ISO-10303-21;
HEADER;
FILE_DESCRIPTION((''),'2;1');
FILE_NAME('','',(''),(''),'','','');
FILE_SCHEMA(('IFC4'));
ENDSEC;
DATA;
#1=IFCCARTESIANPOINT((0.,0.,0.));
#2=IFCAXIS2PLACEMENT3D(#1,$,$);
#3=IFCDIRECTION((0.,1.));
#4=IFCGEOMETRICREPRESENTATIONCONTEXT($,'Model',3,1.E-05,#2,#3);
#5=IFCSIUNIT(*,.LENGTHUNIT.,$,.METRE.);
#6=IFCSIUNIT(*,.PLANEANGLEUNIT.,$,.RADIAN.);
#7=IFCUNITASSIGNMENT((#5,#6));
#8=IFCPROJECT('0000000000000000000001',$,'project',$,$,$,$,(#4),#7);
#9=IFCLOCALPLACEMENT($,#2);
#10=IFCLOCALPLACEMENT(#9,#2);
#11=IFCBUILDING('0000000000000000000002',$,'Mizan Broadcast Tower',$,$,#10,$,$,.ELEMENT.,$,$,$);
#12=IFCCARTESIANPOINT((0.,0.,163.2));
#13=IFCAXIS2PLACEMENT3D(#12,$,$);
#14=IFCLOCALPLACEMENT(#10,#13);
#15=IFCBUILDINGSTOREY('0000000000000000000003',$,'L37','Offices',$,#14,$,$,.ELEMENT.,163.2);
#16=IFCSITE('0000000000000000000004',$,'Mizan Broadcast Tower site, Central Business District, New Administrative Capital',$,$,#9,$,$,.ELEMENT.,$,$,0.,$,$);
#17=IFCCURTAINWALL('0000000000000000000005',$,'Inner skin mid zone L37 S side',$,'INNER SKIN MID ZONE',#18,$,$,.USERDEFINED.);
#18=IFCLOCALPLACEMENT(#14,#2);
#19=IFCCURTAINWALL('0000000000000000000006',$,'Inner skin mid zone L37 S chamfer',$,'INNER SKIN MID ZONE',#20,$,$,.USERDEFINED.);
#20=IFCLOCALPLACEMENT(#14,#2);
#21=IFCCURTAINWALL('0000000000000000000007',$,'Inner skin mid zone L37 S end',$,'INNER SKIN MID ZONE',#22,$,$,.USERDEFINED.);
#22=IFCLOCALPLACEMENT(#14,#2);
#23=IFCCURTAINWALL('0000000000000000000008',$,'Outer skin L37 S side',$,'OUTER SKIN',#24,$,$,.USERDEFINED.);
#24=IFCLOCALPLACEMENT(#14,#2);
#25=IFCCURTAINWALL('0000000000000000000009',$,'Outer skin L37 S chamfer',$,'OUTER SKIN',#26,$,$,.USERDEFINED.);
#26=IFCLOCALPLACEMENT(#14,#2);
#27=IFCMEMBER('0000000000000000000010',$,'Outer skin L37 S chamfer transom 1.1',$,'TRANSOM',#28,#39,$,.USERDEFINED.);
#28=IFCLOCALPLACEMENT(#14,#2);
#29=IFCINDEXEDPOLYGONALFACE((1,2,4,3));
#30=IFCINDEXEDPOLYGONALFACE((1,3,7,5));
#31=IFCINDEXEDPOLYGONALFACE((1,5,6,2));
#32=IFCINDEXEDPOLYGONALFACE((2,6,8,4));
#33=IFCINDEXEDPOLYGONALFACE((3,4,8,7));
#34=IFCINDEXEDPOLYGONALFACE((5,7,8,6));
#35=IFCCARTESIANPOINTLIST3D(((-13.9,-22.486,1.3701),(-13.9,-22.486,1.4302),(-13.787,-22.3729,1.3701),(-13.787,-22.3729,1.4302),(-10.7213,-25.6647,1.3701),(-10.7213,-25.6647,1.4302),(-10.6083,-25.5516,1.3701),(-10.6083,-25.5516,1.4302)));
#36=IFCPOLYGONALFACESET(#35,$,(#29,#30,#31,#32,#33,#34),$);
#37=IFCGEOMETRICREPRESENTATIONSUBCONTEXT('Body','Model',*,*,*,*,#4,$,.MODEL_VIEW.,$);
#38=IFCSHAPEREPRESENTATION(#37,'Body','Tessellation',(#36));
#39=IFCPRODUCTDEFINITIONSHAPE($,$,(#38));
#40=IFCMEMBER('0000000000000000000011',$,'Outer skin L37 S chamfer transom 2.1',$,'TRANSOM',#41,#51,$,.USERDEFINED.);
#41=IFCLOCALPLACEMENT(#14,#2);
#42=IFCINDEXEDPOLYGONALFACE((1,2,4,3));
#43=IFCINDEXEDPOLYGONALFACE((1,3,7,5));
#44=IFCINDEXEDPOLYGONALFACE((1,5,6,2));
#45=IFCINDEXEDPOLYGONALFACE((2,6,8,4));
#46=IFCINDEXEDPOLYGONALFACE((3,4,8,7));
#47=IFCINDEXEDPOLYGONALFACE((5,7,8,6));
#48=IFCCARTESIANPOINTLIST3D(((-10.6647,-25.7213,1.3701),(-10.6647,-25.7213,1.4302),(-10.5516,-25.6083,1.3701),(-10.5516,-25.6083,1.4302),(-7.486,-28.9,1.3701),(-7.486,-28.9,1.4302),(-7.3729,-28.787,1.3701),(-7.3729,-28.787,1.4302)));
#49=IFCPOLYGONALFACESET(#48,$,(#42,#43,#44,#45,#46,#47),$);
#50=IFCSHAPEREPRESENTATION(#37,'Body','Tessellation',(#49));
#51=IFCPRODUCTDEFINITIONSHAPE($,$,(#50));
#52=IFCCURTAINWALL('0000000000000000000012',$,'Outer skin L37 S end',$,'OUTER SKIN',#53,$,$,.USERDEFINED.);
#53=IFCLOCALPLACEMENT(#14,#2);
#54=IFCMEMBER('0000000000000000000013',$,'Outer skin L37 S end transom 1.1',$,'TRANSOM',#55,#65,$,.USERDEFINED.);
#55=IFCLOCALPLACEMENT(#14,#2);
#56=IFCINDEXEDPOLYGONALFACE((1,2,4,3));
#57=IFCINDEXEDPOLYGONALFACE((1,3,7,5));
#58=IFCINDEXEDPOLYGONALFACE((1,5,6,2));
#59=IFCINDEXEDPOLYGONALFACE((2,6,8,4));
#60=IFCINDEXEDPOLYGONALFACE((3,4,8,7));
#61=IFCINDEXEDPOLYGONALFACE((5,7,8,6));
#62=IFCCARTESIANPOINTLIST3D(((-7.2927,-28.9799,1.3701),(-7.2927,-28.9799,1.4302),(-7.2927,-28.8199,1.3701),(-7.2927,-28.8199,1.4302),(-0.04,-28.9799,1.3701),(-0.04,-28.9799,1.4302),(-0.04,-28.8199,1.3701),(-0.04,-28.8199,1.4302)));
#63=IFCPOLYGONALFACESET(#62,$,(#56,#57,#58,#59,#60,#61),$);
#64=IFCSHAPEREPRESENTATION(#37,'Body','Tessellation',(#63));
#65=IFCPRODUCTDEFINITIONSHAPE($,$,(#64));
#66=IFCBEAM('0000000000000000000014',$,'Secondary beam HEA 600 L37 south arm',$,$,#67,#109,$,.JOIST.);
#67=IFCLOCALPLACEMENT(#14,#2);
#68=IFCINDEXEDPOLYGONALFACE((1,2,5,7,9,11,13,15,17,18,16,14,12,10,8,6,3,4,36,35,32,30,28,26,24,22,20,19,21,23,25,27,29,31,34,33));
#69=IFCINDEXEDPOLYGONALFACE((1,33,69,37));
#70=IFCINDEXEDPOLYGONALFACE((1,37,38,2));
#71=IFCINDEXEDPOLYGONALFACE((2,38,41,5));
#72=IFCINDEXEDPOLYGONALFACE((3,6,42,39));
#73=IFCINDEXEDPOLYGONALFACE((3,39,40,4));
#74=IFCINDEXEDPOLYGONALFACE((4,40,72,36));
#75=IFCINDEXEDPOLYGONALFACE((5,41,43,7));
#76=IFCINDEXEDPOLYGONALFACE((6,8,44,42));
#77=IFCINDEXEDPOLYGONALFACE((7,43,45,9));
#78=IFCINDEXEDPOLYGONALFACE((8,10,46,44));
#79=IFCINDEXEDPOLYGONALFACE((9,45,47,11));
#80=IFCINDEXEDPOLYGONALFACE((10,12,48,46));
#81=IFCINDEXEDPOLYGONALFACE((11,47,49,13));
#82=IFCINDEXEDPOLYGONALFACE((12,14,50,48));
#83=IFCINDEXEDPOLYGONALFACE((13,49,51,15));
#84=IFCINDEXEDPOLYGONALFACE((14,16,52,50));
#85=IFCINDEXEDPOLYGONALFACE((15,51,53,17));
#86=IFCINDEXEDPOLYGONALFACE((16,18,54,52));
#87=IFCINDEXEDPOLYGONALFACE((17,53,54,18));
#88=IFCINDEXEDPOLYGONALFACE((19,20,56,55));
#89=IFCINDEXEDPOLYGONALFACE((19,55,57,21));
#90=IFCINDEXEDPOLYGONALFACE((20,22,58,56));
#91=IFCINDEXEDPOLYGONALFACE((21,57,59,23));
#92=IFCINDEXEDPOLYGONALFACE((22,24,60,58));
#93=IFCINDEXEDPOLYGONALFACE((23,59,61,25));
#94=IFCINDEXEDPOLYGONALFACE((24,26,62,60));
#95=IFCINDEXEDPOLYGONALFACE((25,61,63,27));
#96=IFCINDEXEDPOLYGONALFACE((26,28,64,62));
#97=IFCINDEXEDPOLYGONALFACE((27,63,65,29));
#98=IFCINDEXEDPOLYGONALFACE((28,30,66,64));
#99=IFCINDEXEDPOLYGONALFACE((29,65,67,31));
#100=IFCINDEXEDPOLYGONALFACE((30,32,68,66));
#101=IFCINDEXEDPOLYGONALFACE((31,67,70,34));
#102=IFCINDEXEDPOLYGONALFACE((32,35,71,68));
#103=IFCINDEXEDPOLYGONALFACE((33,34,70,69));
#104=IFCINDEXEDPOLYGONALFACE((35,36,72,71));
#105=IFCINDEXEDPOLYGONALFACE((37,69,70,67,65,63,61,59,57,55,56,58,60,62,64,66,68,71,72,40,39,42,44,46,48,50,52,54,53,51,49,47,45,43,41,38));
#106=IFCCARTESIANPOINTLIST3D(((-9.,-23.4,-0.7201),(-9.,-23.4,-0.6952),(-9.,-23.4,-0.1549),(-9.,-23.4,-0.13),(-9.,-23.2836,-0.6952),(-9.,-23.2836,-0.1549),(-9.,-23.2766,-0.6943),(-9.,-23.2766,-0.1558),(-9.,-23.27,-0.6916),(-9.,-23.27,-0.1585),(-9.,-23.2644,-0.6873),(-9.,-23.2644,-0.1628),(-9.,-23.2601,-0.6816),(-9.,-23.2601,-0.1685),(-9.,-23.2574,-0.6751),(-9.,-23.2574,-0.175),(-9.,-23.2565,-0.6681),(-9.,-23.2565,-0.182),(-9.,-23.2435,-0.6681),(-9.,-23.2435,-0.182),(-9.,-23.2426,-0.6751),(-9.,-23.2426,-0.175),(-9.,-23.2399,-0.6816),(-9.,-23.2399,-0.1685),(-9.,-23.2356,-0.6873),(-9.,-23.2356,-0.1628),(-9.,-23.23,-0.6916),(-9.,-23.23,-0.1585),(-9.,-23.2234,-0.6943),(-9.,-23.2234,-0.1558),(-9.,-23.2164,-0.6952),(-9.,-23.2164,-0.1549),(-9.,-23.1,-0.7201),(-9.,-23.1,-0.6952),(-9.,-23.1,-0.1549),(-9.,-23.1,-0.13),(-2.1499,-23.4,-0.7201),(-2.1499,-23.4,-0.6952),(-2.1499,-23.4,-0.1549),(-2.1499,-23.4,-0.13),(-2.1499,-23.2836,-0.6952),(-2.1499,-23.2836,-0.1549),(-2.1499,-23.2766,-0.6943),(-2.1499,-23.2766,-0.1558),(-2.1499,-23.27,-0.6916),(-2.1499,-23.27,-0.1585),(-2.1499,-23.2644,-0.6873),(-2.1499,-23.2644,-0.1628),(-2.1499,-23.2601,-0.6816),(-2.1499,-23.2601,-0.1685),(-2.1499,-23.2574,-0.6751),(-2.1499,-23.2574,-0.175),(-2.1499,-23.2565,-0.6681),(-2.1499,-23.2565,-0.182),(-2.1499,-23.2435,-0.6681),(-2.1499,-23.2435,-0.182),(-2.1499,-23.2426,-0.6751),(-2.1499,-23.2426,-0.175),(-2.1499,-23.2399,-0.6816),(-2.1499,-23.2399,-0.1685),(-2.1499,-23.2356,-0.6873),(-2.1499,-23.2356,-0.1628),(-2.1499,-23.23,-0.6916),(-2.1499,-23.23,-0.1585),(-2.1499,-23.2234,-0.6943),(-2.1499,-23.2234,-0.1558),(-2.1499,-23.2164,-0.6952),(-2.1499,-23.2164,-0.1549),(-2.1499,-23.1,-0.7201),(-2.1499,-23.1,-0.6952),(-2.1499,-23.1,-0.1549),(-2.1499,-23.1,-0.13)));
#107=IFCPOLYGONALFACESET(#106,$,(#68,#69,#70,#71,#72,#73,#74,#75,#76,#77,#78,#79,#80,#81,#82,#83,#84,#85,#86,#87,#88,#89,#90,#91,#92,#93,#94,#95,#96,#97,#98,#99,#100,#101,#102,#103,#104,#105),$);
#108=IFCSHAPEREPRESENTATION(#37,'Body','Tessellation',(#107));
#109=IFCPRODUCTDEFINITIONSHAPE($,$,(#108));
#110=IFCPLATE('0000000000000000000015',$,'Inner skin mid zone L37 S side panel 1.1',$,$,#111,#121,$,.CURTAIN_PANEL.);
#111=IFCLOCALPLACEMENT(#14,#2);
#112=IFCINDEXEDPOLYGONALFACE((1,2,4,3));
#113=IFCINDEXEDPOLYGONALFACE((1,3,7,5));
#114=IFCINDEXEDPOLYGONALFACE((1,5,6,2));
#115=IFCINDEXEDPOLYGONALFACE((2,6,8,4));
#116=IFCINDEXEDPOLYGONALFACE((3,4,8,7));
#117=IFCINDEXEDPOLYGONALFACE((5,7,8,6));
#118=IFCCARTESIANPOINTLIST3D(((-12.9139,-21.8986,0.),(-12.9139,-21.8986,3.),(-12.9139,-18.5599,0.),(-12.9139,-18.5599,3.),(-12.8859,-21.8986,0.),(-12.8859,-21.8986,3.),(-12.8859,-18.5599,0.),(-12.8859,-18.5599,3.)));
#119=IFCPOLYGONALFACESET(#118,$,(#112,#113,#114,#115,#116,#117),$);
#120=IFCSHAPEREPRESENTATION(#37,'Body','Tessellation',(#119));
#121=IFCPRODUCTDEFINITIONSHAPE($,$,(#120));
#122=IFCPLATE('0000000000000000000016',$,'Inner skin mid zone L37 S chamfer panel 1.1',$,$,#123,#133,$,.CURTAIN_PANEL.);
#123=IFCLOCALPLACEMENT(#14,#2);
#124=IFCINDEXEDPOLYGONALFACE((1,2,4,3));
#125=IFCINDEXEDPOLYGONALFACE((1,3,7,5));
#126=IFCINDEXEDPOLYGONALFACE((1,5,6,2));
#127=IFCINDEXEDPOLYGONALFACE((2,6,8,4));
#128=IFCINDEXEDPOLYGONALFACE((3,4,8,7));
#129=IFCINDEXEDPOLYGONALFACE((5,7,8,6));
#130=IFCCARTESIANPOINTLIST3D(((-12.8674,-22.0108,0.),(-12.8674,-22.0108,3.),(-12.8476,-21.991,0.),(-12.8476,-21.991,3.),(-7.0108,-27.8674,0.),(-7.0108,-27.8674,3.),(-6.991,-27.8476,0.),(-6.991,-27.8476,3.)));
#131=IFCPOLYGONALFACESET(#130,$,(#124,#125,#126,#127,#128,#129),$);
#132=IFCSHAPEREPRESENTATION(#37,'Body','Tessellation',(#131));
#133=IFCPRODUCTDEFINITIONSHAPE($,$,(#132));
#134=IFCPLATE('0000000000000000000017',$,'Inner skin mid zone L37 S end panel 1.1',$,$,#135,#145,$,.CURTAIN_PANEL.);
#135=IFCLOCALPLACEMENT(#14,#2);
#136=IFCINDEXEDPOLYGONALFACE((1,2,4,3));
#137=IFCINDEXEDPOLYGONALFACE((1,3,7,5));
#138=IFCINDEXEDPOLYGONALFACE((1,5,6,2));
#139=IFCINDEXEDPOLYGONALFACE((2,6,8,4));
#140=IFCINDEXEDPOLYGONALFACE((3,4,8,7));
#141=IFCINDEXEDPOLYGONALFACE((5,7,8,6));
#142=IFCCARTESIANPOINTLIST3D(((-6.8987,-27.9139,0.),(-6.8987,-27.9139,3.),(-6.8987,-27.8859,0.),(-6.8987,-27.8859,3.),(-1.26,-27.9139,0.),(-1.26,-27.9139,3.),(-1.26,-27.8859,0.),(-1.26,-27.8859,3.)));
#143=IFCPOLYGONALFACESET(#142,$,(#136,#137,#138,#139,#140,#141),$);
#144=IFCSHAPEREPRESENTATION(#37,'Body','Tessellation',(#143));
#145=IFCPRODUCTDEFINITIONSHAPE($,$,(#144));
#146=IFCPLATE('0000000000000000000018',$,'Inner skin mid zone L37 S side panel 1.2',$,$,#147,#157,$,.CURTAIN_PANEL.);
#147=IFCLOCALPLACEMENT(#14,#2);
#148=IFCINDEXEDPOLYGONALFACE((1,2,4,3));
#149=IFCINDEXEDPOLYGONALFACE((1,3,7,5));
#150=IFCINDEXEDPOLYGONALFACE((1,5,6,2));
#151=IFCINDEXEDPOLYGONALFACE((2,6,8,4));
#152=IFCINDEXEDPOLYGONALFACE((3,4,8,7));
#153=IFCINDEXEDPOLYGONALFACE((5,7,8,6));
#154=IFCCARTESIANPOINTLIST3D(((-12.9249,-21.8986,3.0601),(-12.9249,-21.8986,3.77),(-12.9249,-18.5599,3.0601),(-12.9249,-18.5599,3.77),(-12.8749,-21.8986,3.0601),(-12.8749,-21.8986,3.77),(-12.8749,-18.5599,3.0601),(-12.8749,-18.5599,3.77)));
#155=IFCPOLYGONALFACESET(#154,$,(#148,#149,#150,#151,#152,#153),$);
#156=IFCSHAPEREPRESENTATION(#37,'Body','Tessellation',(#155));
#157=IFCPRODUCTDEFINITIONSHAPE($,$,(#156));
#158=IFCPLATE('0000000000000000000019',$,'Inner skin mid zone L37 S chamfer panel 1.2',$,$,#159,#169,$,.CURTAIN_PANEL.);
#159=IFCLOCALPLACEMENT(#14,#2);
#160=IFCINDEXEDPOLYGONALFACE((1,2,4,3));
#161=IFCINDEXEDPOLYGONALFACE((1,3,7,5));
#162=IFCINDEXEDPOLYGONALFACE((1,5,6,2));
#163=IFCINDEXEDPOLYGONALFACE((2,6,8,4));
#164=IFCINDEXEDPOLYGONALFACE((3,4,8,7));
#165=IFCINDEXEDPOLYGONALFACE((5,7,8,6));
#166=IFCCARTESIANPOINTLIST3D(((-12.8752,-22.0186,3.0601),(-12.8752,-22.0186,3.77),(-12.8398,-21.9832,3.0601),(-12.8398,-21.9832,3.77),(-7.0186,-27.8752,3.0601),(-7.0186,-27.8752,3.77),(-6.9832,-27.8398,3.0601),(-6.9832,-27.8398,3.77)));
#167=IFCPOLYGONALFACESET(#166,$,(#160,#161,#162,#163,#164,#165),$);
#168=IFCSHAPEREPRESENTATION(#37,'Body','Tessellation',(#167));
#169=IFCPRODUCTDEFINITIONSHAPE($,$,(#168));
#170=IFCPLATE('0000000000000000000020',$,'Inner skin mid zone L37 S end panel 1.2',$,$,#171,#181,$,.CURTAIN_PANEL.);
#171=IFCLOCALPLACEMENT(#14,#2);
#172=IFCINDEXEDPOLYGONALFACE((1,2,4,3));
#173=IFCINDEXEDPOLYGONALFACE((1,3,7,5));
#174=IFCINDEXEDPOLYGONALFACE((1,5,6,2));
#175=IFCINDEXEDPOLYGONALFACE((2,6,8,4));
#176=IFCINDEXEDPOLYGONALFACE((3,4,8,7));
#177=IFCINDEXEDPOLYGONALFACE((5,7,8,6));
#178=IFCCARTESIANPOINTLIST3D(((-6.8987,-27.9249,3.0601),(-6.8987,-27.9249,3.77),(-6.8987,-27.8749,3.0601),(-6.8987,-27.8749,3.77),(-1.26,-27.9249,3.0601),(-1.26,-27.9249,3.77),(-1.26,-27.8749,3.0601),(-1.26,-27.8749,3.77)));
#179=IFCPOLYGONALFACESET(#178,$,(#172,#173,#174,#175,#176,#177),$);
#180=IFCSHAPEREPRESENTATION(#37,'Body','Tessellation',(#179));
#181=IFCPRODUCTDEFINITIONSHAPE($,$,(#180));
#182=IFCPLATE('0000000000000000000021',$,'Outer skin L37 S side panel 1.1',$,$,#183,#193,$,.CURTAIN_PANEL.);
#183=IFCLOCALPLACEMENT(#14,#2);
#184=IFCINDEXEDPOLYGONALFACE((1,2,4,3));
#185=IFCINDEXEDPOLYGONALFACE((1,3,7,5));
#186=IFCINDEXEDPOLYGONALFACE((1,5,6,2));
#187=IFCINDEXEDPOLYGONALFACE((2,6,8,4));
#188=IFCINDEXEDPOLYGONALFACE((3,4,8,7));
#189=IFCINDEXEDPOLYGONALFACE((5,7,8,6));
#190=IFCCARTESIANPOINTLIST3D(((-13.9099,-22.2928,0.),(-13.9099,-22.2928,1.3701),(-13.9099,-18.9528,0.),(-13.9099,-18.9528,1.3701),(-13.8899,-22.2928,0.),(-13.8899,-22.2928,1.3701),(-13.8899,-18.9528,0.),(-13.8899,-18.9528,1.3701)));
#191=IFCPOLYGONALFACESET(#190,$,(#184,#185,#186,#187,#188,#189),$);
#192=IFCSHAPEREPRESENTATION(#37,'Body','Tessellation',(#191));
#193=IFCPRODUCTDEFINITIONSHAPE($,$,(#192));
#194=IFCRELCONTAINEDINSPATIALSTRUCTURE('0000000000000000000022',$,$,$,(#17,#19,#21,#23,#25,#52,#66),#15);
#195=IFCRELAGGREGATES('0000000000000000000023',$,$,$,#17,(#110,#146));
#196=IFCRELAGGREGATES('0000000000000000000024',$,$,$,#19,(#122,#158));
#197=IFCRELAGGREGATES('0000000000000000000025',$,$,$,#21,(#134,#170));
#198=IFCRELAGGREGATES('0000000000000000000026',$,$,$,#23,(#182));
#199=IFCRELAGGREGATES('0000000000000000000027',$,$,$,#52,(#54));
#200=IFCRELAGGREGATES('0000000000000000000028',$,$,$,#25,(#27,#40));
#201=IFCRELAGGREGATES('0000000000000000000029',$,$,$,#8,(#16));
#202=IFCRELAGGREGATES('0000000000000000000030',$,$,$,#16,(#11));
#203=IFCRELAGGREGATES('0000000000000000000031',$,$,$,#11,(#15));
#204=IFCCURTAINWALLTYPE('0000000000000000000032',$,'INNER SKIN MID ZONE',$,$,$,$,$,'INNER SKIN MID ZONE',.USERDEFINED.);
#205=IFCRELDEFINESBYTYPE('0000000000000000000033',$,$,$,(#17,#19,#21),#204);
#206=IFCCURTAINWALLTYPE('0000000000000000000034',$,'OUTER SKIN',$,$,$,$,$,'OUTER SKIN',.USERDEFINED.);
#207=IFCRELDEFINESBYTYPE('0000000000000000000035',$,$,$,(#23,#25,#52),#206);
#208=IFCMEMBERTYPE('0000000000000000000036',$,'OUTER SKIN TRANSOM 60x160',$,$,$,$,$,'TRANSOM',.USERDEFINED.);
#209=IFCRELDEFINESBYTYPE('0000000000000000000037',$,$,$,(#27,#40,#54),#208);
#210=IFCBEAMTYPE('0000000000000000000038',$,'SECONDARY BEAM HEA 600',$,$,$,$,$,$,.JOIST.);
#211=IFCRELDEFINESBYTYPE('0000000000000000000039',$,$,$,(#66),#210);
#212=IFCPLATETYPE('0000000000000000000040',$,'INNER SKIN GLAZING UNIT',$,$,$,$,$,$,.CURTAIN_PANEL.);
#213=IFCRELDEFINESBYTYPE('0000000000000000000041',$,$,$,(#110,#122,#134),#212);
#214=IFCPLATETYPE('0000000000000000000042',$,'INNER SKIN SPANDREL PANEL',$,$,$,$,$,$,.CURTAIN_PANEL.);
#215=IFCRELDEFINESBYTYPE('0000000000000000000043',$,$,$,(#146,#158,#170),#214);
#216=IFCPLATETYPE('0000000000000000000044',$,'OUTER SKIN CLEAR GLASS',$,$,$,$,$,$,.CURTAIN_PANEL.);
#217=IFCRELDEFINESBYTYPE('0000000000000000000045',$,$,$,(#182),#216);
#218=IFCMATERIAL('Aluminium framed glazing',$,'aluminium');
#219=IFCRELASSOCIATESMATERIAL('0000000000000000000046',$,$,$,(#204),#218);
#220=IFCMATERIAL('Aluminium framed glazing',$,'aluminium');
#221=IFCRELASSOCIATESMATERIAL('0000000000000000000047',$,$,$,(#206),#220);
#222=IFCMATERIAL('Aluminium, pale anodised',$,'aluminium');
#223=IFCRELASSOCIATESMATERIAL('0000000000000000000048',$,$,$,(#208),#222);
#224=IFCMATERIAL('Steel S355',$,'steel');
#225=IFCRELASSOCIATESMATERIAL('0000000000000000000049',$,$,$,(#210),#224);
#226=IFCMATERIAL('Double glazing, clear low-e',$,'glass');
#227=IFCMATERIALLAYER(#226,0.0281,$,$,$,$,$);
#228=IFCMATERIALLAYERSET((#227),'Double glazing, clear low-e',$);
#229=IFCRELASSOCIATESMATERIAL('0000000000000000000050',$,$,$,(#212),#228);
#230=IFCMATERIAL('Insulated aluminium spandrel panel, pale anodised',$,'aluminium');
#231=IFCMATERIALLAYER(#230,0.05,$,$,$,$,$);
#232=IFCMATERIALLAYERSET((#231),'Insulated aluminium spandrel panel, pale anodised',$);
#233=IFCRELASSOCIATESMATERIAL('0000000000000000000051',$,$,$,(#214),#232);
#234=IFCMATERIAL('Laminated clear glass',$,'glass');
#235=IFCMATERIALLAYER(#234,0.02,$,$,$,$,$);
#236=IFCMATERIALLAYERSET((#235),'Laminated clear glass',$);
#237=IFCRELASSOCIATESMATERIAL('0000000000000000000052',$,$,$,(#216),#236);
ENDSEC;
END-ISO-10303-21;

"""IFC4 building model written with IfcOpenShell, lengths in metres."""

from ifc_helpers import new_model, si_unit, direction, frame, origin, origin_2d, place, context, subcontext, project, spatial, rectangle, i_section, extrude, material, layer, layer_set, material_profile, profile_set, type_object, element, aggregate, save


model = new_model("IFC4")

# Units and contexts
model_context = context("Model", 3, precision=1e-05, world=origin(), true_north=direction((0.0, 1.0)))
body_context = subcontext(model_context, "Body", "Model", "MODEL_VIEW")
ifc_project = project(units=[si_unit("LENGTHUNIT", "METRE"), si_unit("PLANEANGLEUNIT", "RADIAN")], contexts=[model_context])

# Site, building, storey
site_placement = place(None, origin())
site = spatial("IfcSite", under=ifc_project, at=site_placement, Name="Mizan Broadcast Tower site, Central Business District, New Administrative Capital", CompositionType="ELEMENT", RefElevation=0.0)
building_placement = place(site_placement, origin())
building = spatial("IfcBuilding", under=site, at=building_placement, Name="Mizan Broadcast Tower", CompositionType="ELEMENT")
storey_placement = place(building_placement, frame((0.0, 0.0, 163.2)))
storey = spatial("IfcBuildingStorey", under=building, at=storey_placement, Name="L37", Description="Offices", CompositionType="ELEMENT", Elevation=163.2)

# Curtain walls
ifc_material_1 = material(Name="Aluminium framed glazing", Category="aluminium")
curtain_wall_type_1 = type_object("IfcCurtainWallType", Name="INNER SKIN MID ZONE", ElementType="INNER SKIN MID ZONE", PredefinedType="USERDEFINED", material=ifc_material_1)
curtain_wall_1_placement = place(storey_placement, origin())
curtain_wall_1 = element("IfcCurtainWall", 1, at=curtain_wall_1_placement, inside=storey, type_object=curtain_wall_type_1, Name="Inner skin mid zone L37 S side", ObjectType="INNER SKIN MID ZONE", PredefinedType="USERDEFINED")
curtain_wall_2_placement = place(storey_placement, origin())
curtain_wall_2 = element("IfcCurtainWall", 2, at=curtain_wall_2_placement, inside=storey, type_object=curtain_wall_type_1, Name="Inner skin mid zone L37 S chamfer", ObjectType="INNER SKIN MID ZONE", PredefinedType="USERDEFINED")
curtain_wall_3_placement = place(storey_placement, origin())
curtain_wall_3 = element("IfcCurtainWall", 3, at=curtain_wall_3_placement, inside=storey, type_object=curtain_wall_type_1, Name="Inner skin mid zone L37 S end", ObjectType="INNER SKIN MID ZONE", PredefinedType="USERDEFINED")

# Curtain wall
ifc_material_2 = material(Name="Aluminium framed glazing", Category="aluminium")
curtain_wall_type_2 = type_object("IfcCurtainWallType", Name="OUTER SKIN", ElementType="OUTER SKIN", PredefinedType="USERDEFINED", material=ifc_material_2)
curtain_wall_4_placement = place(storey_placement, origin())
curtain_wall_4 = element("IfcCurtainWall", 4, at=curtain_wall_4_placement, inside=storey, type_object=curtain_wall_type_2, Name="Outer skin L37 S side", ObjectType="OUTER SKIN", PredefinedType="USERDEFINED")

# Curtain wall, members
curtain_wall_5_placement = place(storey_placement, origin())
curtain_wall_5 = element("IfcCurtainWall", 5, at=curtain_wall_5_placement, inside=storey, type_object=curtain_wall_type_2, Name="Outer skin L37 S chamfer", ObjectType="OUTER SKIN", PredefinedType="USERDEFINED")
ifc_material_3 = material(Name="Aluminium, pale anodised", Category="aluminium")
ifc_material_profile_1 = material_profile(ifc_material_3, rectangle(XDim=0.1599, YDim=0.0601, at=origin_2d()), Name="TRANSOM 160x60")
ifc_profile_set_1 = profile_set([ifc_material_profile_1], Name="Aluminium, pale anodised")
member_type_1 = type_object("IfcMemberType", Name="OUTER SKIN TRANSOM 60x160", ElementType="TRANSOM", PredefinedType="USERDEFINED", material=ifc_profile_set_1)
member_1_placement = place(storey_placement, frame((-13.8435, -22.4294, 1.4001), z_axis=(0.707107, -0.707107, 0.0), x_axis=(0.707107, 0.707107, 0.0)))
member_1 = element("IfcMember", 6, at=member_1_placement, type_object=member_type_1, Name="Outer skin L37 S chamfer transom 1.1", ObjectType="TRANSOM", PredefinedType="USERDEFINED", context=body_context, shape_type="SweptSolid", body=[
    extrude(rectangle(XDim=0.1599, YDim=0.0601, at=origin_2d()), origin(), (0.0, 0.0, 1.0), 4.4954),
])
member_2_placement = place(storey_placement, frame((-10.6082, -25.6648, 1.4001), z_axis=(0.707107, -0.707107, 0.0), x_axis=(0.707107, 0.707107, 0.0)))
member_2 = element("IfcMember", 7, at=member_2_placement, type_object=member_type_1, Name="Outer skin L37 S chamfer transom 2.1", ObjectType="TRANSOM", PredefinedType="USERDEFINED", context=body_context, shape_type="SweptSolid", body=[
    extrude(rectangle(XDim=0.1599, YDim=0.0601, at=origin_2d()), origin(), (0.0, 0.0, 1.0), 4.4954),
])

# Curtain wall, member
curtain_wall_6_placement = place(storey_placement, origin())
curtain_wall_6 = element("IfcCurtainWall", 8, at=curtain_wall_6_placement, inside=storey, type_object=curtain_wall_type_2, Name="Outer skin L37 S end", ObjectType="OUTER SKIN", PredefinedType="USERDEFINED")
member_3_placement = place(storey_placement, frame((-7.2927, -28.8999, 1.4001), z_axis=(1.0, 0.0, 0.0), x_axis=(0.0, 1.0, 0.0)))
member_3 = element("IfcMember", 9, at=member_3_placement, type_object=member_type_1, Name="Outer skin L37 S end transom 1.1", ObjectType="TRANSOM", PredefinedType="USERDEFINED", context=body_context, shape_type="SweptSolid", body=[
    extrude(rectangle(XDim=0.1599, YDim=0.0601, at=origin_2d()), origin(), (0.0, 0.0, 1.0), 7.2527),
])

# Beam
ifc_material_4 = material(Name="Steel S355", Category="steel")
ifc_material_profile_2 = material_profile(ifc_material_4, i_section(OverallWidth=0.3, OverallDepth=0.5901, WebThickness=0.0129, FlangeThickness=0.0249, FilletRadius=0.0271, at=origin_2d()), Name="HEA 600")
ifc_profile_set_2 = profile_set([ifc_material_profile_2], Name="Steel S355")
beam_type_1 = type_object("IfcBeamType", Name="SECONDARY BEAM HEA 600", PredefinedType="JOIST", material=ifc_profile_set_2)
beam_1_placement = place(storey_placement, frame((-9.0, -23.25, -0.425), z_axis=(1.0, 0.0, 0.0), x_axis=(0.0, 1.0, 0.0)))
element("IfcBeam", 10, at=beam_1_placement, inside=storey, type_object=beam_type_1, Name="Secondary beam HEA 600 L37 south arm", PredefinedType="JOIST", context=body_context, shape_type="SweptSolid", body=[
    extrude(i_section(OverallWidth=0.3, OverallDepth=0.5901, WebThickness=0.0129, FlangeThickness=0.0249, FilletRadius=0.0271, at=origin_2d()), origin(), (0.0, 0.0, 1.0), 6.8501),
])

# Plates
ifc_material_5 = material(Name="Double glazing, clear low-e", Category="glass")
ifc_layer_1 = layer(ifc_material_5, 0.0281)
ifc_layer_set_1 = layer_set([ifc_layer_1], Name="Double glazing, clear low-e")
plate_type_1 = type_object("IfcPlateType", Name="INNER SKIN GLAZING UNIT", PredefinedType="CURTAIN_PANEL", material=ifc_layer_set_1)
plate_1_placement = place(storey_placement, frame((-12.8999, -20.2292, 0.0), z_axis=(0.0, 0.0, 1.0), x_axis=(0.0, -1.0, 0.0)))
plate_1 = element("IfcPlate", 11, at=plate_1_placement, type_object=plate_type_1, Name="Inner skin mid zone L37 S side panel 1.1", PredefinedType="CURTAIN_PANEL", context=body_context, shape_type="SweptSolid", body=[
    extrude(rectangle(XDim=3.3386, YDim=0.0281, at=origin_2d()), origin(), (0.0, 0.0, 1.0), 3.0),
])
plate_2_placement = place(storey_placement, frame((-9.9292, -24.9292, 0.0), z_axis=(0.0, 0.0, 1.0), x_axis=(0.707107, -0.707107, 0.0)))
plate_2 = element("IfcPlate", 12, at=plate_2_placement, type_object=plate_type_1, Name="Inner skin mid zone L37 S chamfer panel 1.1", PredefinedType="CURTAIN_PANEL", context=body_context, shape_type="SweptSolid", body=[
    extrude(rectangle(XDim=8.2825, YDim=0.0281, at=origin_2d()), origin(), (0.0, 0.0, 1.0), 3.0),
])
plate_3_placement = place(storey_placement, frame((-4.0793, -27.8999, 0.0), z_axis=(0.0, 0.0, 1.0), x_axis=(1.0, 0.0, 0.0)))
plate_3 = element("IfcPlate", 13, at=plate_3_placement, type_object=plate_type_1, Name="Inner skin mid zone L37 S end panel 1.1", PredefinedType="CURTAIN_PANEL", context=body_context, shape_type="SweptSolid", body=[
    extrude(rectangle(XDim=5.6387, YDim=0.0281, at=origin_2d()), origin(), (0.0, 0.0, 1.0), 3.0),
])
ifc_material_6 = material(Name="Insulated aluminium spandrel panel, pale anodised", Category="aluminium")
ifc_layer_2 = layer(ifc_material_6, 0.05)
ifc_layer_set_2 = layer_set([ifc_layer_2], Name="Insulated aluminium spandrel panel, pale anodised")
plate_type_2 = type_object("IfcPlateType", Name="INNER SKIN SPANDREL PANEL", PredefinedType="CURTAIN_PANEL", material=ifc_layer_set_2)
plate_4_placement = place(storey_placement, frame((-12.8999, -20.2292, 3.0601), z_axis=(0.0, 0.0, 1.0), x_axis=(0.0, -1.0, 0.0)))
plate_4 = element("IfcPlate", 14, at=plate_4_placement, type_object=plate_type_2, Name="Inner skin mid zone L37 S side panel 1.2", PredefinedType="CURTAIN_PANEL", context=body_context, shape_type="SweptSolid", body=[
    extrude(rectangle(XDim=3.3386, YDim=0.05, at=origin_2d()), origin(), (0.0, 0.0, 1.0), 0.71),
])
aggregate(curtain_wall_1, [plate_1, plate_4])
plate_5_placement = place(storey_placement, frame((-9.9292, -24.9292, 3.0601), z_axis=(0.0, 0.0, 1.0), x_axis=(0.707107, -0.707107, 0.0)))
plate_5 = element("IfcPlate", 15, at=plate_5_placement, type_object=plate_type_2, Name="Inner skin mid zone L37 S chamfer panel 1.2", PredefinedType="CURTAIN_PANEL", context=body_context, shape_type="SweptSolid", body=[
    extrude(rectangle(XDim=8.2825, YDim=0.05, at=origin_2d()), origin(), (0.0, 0.0, 1.0), 0.71),
])
aggregate(curtain_wall_2, [plate_2, plate_5])
plate_6_placement = place(storey_placement, frame((-4.0793, -27.8999, 3.0601), z_axis=(0.0, 0.0, 1.0), x_axis=(1.0, 0.0, 0.0)))
plate_6 = element("IfcPlate", 16, at=plate_6_placement, type_object=plate_type_2, Name="Inner skin mid zone L37 S end panel 1.2", PredefinedType="CURTAIN_PANEL", context=body_context, shape_type="SweptSolid", body=[
    extrude(rectangle(XDim=5.6387, YDim=0.05, at=origin_2d()), origin(), (0.0, 0.0, 1.0), 0.71),
])
aggregate(curtain_wall_3, [plate_3, plate_6])
ifc_material_7 = material(Name="Laminated clear glass", Category="glass")
ifc_layer_3 = layer(ifc_material_7, 0.02)
ifc_layer_set_3 = layer_set([ifc_layer_3], Name="Laminated clear glass")
plate_type_3 = type_object("IfcPlateType", Name="OUTER SKIN CLEAR GLASS", PredefinedType="CURTAIN_PANEL", material=ifc_layer_set_3)
plate_7_placement = place(storey_placement, frame((-13.8999, -20.6228, 0.0), z_axis=(0.0, 0.0, 1.0), x_axis=(0.0, -1.0, 0.0)))
plate_7 = element("IfcPlate", 17, at=plate_7_placement, type_object=plate_type_3, Name="Outer skin L37 S side panel 1.1", PredefinedType="CURTAIN_PANEL", context=body_context, shape_type="SweptSolid", body=[
    extrude(rectangle(XDim=3.3401, YDim=0.02, at=origin_2d()), origin(), (0.0, 0.0, 1.0), 1.3701),
])
aggregate(curtain_wall_4, [plate_7])
aggregate(curtain_wall_6, [member_3])
aggregate(curtain_wall_5, [member_1, member_2])

save(model, "model.ifc")
